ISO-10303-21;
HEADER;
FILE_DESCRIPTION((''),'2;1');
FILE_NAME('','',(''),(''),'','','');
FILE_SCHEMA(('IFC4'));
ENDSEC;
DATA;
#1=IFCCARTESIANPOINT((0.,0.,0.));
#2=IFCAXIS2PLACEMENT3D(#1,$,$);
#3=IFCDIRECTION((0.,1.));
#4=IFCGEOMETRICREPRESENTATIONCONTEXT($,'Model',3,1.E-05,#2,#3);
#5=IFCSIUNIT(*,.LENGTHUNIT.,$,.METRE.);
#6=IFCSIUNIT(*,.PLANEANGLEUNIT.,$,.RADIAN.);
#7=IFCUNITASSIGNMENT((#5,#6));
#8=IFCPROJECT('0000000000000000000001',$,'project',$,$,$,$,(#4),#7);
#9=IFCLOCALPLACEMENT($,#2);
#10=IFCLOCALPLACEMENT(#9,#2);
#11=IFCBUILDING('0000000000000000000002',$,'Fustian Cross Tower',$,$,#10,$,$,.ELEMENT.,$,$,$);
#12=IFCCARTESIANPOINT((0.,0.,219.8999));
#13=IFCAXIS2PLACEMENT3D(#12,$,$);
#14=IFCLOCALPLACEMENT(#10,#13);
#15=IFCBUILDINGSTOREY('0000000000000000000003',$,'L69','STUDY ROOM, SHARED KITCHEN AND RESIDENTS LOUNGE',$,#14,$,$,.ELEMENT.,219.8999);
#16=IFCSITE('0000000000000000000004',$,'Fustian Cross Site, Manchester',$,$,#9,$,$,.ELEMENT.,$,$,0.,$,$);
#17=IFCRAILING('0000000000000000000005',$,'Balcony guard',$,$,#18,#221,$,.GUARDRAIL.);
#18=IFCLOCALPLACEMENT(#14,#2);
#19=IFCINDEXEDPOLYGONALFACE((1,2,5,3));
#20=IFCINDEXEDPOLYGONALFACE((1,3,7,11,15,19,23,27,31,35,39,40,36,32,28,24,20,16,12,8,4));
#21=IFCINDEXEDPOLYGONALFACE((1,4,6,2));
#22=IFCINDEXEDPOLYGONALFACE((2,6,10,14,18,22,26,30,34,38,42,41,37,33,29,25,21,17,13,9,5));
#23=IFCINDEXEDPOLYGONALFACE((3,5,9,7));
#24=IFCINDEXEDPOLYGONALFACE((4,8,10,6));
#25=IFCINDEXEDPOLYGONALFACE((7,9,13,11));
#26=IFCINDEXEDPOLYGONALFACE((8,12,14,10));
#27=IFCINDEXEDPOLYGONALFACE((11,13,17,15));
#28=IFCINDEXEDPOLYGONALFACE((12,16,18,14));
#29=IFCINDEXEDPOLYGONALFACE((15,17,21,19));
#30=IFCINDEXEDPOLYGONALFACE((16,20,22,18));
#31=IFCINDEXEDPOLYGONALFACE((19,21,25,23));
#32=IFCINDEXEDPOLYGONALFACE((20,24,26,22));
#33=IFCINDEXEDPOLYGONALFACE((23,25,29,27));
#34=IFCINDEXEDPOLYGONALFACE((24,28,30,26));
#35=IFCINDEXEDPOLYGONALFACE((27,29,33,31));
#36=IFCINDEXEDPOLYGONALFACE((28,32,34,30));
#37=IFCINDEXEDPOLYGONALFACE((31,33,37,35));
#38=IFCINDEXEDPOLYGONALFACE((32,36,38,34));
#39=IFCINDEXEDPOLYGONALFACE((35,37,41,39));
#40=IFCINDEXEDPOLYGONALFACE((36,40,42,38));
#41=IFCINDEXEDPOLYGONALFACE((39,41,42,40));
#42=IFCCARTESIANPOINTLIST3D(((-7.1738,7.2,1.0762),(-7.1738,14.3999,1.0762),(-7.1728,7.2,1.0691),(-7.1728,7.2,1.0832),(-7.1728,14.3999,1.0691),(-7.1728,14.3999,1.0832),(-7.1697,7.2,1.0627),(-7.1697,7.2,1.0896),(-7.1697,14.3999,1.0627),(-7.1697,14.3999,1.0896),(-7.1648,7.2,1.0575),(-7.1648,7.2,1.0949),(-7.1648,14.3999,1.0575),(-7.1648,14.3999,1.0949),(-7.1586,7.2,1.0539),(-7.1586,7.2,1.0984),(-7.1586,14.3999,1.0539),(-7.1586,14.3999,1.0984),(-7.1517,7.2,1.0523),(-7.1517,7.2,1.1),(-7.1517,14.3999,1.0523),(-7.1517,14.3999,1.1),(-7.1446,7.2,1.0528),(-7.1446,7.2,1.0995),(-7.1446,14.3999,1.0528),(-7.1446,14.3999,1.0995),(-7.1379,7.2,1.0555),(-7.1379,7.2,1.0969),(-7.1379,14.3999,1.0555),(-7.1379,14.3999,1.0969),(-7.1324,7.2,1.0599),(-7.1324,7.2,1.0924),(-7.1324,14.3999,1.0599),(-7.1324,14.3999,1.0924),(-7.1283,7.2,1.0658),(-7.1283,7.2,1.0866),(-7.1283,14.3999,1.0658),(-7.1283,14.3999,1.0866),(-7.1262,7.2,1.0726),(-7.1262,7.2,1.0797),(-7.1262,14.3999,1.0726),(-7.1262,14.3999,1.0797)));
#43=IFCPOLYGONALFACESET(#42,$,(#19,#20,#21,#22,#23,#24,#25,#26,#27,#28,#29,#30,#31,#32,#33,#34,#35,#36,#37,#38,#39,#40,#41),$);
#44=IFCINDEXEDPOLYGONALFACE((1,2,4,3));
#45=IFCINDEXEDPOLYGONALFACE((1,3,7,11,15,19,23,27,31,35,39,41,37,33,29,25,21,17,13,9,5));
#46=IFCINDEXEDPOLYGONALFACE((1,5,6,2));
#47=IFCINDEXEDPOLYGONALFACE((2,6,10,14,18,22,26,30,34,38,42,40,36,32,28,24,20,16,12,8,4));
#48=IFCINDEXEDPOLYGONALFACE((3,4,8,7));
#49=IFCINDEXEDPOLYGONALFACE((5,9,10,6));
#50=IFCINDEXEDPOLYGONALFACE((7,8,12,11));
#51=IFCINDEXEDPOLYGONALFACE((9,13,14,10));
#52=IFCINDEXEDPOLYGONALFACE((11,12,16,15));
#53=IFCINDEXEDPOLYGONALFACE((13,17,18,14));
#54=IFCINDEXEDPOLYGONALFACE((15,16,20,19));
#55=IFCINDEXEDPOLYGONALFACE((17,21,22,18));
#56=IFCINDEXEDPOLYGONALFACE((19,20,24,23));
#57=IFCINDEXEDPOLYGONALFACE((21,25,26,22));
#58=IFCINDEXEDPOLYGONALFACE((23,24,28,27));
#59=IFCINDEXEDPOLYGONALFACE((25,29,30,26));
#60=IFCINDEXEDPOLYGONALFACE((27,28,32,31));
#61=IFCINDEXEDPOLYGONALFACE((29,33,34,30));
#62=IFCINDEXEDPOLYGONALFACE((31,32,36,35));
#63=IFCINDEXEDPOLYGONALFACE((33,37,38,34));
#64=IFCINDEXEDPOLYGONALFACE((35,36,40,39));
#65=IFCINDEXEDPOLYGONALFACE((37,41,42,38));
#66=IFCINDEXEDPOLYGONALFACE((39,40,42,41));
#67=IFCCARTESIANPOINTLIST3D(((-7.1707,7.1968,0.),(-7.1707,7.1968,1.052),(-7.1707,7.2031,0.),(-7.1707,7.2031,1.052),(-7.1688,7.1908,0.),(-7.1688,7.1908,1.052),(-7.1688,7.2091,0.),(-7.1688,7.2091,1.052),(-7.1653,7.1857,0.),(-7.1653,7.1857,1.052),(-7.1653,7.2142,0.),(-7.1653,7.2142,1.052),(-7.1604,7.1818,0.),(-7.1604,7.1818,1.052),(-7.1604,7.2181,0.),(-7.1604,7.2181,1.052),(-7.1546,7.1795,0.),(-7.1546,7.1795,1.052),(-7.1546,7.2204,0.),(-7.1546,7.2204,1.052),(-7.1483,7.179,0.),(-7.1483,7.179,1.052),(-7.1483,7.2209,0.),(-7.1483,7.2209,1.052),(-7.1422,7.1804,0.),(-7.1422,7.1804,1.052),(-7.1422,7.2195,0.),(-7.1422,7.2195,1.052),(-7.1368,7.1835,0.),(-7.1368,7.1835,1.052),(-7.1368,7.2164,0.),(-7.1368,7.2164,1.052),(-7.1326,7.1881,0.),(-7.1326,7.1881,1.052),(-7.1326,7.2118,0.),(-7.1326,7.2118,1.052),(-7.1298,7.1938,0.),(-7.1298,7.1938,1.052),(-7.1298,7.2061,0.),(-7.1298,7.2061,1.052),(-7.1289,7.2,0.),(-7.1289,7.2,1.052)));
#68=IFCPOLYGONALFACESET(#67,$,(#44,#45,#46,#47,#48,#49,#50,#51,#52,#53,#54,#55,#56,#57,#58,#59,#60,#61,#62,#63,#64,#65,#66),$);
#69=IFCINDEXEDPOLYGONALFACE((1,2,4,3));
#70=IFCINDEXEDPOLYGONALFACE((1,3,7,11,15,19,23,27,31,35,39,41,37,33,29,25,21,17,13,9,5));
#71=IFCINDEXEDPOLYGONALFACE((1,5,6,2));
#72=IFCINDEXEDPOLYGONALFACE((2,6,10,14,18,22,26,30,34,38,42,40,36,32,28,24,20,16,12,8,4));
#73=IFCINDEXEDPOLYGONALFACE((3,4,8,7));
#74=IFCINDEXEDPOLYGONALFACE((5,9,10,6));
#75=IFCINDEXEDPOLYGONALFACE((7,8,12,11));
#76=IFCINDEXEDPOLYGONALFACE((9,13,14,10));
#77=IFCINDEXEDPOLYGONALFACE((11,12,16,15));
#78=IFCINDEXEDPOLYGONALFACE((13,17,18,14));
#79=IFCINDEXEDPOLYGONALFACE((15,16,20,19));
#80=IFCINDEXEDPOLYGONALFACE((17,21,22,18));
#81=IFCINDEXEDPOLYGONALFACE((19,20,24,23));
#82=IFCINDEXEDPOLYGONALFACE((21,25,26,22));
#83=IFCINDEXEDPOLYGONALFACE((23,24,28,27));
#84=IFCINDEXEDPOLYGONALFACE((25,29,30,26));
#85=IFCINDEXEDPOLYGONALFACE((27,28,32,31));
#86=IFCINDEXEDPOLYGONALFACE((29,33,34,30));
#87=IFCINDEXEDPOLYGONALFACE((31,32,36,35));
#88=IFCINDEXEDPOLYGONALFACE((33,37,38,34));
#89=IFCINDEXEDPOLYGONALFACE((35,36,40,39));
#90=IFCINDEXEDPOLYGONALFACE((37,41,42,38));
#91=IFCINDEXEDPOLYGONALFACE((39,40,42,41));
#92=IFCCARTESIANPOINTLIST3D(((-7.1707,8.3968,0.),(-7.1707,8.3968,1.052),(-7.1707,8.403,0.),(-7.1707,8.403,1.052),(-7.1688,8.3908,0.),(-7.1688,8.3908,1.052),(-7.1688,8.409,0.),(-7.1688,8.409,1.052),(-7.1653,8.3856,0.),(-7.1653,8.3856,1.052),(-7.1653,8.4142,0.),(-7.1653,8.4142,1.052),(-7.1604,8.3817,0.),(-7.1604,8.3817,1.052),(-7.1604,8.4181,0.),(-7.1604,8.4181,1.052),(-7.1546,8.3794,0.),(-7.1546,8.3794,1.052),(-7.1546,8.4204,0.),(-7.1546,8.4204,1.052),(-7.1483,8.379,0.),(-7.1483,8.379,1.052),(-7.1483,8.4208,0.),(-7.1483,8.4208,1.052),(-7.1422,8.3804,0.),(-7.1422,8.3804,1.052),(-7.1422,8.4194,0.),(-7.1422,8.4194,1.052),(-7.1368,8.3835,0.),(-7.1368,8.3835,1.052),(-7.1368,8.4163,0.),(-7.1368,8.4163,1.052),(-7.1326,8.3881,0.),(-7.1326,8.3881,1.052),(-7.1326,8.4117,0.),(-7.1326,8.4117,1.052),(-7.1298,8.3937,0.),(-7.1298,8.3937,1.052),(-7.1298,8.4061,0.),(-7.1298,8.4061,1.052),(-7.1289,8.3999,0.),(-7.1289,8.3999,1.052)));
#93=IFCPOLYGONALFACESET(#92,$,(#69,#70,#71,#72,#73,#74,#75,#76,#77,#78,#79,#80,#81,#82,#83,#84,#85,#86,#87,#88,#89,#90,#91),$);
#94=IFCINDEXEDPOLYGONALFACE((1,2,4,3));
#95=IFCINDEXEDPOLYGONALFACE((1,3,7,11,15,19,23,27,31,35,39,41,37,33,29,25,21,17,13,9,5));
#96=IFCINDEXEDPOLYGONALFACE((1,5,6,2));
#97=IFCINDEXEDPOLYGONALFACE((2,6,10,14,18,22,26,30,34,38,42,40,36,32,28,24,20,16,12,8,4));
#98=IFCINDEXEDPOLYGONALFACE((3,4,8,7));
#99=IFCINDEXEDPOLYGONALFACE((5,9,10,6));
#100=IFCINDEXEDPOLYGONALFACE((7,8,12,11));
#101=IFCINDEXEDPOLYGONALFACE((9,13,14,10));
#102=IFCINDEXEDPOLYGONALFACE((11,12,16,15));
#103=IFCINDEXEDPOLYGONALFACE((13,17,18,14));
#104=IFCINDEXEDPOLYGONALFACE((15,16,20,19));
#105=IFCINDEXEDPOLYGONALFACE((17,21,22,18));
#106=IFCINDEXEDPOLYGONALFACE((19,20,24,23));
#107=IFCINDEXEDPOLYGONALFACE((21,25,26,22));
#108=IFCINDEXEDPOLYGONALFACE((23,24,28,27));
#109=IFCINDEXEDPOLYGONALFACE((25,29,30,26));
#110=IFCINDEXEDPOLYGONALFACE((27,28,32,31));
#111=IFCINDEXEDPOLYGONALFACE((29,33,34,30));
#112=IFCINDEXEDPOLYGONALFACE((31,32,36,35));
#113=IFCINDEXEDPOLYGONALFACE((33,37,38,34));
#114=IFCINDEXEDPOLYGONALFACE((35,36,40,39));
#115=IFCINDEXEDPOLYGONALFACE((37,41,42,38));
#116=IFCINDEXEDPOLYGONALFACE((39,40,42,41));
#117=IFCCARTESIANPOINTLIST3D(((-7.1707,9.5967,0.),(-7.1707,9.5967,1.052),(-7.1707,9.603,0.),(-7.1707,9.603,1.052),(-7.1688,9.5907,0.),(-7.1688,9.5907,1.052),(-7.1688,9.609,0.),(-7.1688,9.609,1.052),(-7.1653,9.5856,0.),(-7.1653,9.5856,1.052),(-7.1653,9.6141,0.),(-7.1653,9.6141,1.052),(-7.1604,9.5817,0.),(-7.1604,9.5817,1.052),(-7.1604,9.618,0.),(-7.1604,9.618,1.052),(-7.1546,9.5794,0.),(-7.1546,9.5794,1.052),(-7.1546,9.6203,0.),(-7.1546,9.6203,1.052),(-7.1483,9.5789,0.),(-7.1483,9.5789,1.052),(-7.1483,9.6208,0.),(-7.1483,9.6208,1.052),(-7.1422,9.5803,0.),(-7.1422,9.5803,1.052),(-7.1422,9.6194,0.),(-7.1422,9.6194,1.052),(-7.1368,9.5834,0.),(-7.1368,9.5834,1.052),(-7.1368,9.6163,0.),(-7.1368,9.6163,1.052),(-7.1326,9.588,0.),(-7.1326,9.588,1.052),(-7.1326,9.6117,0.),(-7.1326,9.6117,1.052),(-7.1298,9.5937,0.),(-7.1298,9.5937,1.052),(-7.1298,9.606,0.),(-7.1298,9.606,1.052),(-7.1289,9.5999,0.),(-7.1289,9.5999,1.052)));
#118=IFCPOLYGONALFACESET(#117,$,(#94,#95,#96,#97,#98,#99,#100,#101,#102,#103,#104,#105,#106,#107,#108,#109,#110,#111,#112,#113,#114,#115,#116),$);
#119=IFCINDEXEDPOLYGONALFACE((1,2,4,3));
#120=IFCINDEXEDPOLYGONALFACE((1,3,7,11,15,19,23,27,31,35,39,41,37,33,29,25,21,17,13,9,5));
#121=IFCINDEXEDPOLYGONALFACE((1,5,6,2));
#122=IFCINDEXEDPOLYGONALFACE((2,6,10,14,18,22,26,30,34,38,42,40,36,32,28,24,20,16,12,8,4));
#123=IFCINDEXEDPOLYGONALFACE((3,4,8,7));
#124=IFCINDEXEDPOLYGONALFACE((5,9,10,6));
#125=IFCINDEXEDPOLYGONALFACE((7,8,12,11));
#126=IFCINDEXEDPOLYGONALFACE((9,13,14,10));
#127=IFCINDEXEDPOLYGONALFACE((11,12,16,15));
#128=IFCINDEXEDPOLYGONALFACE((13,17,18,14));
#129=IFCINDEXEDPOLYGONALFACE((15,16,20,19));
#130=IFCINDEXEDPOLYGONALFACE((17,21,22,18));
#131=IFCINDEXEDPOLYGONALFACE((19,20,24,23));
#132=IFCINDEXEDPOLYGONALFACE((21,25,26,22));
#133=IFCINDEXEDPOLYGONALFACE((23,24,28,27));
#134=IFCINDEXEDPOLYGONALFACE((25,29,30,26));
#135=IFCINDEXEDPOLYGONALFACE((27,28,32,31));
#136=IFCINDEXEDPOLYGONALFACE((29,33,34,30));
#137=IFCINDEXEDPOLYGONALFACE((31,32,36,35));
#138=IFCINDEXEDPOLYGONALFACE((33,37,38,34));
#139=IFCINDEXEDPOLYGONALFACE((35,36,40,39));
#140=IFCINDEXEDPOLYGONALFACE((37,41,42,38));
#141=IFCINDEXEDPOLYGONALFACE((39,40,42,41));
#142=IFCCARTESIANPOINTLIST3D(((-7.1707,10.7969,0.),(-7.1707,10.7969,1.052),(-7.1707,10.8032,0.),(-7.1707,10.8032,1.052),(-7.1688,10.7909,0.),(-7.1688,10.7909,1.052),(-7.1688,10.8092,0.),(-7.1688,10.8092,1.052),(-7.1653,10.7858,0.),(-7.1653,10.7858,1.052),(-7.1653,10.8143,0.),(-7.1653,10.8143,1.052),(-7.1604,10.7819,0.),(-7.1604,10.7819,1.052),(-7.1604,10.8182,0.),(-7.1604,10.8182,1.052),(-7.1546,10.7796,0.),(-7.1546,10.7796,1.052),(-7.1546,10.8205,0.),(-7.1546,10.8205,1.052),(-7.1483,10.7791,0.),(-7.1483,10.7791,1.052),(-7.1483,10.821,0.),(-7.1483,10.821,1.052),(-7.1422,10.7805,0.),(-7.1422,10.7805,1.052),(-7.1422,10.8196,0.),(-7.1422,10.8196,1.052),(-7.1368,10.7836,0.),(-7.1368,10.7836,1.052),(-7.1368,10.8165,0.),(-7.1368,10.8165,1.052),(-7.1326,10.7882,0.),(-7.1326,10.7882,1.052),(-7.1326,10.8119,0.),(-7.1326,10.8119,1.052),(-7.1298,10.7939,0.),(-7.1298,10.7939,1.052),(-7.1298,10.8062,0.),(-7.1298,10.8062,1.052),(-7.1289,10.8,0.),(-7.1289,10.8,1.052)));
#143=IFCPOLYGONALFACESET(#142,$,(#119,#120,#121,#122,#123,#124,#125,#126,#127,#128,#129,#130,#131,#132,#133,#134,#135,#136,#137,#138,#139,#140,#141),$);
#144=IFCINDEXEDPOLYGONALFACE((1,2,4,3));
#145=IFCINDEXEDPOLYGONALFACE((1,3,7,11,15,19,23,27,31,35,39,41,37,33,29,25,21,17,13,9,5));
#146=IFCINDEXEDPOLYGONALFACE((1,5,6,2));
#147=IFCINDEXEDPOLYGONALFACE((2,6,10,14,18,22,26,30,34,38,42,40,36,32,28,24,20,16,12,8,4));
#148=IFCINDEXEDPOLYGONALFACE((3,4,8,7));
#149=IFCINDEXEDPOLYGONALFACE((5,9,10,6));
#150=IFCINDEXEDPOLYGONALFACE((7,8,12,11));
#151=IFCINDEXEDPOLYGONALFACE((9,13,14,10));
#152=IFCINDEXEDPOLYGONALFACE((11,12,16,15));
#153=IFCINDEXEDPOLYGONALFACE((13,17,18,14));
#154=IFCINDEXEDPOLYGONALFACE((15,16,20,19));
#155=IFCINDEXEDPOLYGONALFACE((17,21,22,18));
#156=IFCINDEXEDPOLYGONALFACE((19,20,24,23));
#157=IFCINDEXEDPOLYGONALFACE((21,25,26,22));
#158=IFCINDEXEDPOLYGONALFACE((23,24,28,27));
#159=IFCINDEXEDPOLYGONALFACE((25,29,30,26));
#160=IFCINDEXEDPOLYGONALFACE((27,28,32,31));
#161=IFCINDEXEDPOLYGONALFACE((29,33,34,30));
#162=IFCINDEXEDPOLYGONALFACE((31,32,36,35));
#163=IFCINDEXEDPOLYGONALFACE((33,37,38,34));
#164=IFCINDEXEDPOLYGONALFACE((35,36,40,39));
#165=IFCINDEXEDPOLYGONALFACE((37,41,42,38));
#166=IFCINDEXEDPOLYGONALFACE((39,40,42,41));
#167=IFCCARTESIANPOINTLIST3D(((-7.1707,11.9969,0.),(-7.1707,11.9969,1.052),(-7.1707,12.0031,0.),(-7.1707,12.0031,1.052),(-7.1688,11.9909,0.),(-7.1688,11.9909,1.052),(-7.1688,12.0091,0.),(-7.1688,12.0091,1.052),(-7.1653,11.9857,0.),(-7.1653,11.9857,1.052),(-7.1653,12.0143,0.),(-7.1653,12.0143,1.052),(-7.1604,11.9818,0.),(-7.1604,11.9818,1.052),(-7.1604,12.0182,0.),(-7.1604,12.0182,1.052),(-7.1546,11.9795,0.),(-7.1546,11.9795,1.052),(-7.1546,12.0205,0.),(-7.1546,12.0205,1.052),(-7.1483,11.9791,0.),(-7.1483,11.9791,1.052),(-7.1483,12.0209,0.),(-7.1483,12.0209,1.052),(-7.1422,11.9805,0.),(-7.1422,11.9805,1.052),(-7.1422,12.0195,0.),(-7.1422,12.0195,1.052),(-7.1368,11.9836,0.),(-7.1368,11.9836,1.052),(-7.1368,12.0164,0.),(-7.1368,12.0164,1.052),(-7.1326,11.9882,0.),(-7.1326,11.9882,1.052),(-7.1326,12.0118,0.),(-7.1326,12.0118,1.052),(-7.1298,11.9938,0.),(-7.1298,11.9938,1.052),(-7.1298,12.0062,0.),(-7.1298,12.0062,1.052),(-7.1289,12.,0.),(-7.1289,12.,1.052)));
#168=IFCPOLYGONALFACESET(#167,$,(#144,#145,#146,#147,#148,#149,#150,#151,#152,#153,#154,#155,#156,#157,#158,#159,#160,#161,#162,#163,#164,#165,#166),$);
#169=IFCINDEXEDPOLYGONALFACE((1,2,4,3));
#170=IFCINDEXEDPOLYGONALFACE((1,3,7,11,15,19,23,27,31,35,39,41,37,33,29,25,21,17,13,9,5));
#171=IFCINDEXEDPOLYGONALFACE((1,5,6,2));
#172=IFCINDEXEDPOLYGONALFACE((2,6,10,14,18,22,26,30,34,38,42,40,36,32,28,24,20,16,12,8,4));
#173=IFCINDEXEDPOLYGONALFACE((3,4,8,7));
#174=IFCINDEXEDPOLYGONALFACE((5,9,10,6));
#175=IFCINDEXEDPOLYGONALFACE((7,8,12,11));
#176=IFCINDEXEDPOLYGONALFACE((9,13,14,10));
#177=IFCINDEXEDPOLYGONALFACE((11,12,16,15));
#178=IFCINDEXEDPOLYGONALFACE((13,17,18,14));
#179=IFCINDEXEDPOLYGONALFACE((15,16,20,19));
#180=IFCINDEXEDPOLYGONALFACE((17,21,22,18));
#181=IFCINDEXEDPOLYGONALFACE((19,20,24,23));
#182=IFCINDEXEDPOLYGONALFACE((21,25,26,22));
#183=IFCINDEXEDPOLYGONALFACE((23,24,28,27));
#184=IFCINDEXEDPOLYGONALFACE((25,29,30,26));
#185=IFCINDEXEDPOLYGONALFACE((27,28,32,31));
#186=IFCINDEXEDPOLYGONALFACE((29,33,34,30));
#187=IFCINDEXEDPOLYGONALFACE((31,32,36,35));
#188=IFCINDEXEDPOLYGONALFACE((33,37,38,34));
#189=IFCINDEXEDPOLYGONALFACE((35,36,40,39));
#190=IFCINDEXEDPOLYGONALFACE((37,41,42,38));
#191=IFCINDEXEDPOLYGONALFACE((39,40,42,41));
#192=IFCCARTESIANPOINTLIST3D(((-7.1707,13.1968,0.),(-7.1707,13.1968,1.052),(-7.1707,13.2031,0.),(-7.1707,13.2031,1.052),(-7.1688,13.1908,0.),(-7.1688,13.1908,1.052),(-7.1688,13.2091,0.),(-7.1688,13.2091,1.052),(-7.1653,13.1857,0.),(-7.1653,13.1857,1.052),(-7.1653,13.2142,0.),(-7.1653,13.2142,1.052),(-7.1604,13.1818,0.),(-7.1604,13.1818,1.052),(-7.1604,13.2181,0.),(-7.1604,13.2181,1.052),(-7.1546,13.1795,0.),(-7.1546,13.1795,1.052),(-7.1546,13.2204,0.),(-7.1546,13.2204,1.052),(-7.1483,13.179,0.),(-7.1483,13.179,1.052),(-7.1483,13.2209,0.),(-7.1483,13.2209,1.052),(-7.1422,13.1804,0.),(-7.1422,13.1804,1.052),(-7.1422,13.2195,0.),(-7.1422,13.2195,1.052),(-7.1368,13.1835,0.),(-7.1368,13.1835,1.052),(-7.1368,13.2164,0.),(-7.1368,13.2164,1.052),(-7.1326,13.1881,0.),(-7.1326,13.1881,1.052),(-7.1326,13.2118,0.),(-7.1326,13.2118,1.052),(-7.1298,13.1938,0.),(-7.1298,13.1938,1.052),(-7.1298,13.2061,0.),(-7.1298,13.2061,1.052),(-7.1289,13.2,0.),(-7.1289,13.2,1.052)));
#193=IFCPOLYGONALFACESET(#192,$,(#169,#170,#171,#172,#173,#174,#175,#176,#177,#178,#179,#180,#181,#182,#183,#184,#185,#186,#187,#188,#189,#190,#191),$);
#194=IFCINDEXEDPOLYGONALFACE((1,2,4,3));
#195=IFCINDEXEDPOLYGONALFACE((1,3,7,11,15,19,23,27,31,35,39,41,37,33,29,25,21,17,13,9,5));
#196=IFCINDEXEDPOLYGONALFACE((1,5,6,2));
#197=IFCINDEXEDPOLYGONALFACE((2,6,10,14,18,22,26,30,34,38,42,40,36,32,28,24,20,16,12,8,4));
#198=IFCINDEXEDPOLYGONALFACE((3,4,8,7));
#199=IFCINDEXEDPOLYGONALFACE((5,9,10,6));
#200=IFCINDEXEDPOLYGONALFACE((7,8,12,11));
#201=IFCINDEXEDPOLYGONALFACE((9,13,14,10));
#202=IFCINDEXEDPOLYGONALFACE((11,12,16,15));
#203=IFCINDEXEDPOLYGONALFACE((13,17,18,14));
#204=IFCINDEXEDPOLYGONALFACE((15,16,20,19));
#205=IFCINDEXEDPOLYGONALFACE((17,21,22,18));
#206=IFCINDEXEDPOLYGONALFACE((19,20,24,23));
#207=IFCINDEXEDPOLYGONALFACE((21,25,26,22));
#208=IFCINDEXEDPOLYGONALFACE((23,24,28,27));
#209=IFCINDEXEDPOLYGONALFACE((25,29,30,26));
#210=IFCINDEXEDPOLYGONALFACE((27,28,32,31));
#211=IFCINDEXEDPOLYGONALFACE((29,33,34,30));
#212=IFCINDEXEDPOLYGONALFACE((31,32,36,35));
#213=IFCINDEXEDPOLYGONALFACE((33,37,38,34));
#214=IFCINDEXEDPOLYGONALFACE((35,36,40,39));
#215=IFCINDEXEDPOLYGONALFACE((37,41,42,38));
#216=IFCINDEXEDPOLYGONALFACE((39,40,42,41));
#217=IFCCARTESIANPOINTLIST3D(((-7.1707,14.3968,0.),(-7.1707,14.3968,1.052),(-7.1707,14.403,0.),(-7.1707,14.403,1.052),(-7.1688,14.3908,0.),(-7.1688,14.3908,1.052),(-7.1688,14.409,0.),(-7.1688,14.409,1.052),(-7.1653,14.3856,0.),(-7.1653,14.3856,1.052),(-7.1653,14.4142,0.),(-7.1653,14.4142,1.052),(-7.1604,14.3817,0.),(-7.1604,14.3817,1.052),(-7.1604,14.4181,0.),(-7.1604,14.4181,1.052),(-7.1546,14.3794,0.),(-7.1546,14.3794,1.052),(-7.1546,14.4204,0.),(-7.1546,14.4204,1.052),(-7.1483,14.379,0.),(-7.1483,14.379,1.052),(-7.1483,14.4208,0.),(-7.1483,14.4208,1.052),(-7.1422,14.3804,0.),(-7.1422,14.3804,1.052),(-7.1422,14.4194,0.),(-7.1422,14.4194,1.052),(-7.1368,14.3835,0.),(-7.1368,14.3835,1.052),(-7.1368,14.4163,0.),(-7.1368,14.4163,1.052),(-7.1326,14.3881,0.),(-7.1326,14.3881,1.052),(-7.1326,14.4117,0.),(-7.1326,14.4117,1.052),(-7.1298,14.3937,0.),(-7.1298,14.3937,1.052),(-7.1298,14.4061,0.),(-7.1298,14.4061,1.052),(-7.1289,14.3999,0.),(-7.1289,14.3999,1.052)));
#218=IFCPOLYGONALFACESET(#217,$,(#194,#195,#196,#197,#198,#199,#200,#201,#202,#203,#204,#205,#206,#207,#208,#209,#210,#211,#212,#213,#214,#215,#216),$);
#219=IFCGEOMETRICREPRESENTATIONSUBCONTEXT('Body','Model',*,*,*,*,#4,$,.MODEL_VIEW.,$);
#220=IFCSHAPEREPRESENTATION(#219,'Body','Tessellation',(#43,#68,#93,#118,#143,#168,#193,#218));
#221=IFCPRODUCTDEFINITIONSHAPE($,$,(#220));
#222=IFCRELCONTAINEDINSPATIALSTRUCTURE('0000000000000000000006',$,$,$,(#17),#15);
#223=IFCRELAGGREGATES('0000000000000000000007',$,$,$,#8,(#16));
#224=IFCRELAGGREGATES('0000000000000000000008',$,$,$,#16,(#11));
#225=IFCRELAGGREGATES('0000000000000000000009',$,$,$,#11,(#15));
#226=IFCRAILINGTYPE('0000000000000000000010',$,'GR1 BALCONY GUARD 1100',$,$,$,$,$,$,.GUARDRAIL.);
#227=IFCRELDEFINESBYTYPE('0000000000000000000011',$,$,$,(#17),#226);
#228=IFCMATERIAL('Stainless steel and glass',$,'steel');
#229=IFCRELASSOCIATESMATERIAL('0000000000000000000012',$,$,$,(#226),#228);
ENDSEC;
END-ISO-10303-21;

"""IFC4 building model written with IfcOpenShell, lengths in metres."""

from ifc_helpers import new_model, si_unit, direction, frame, origin, origin_2d, place, context, subcontext, project, spatial, circle, extrude, material, type_object, element, save


model = new_model("IFC4")

# Units and contexts
model_context = context("Model", 3, precision=1e-05, world=origin(), true_north=direction((0.0, 1.0)))
body_context = subcontext(model_context, "Body", "Model", "MODEL_VIEW")
ifc_project = project(units=[si_unit("LENGTHUNIT", "METRE"), si_unit("PLANEANGLEUNIT", "RADIAN")], contexts=[model_context])

# Site, building, storey
site_placement = place(None, origin())
site = spatial("IfcSite", under=ifc_project, at=site_placement, Name="Fustian Cross Site, Manchester", CompositionType="ELEMENT", RefElevation=0.0)
building_placement = place(site_placement, origin())
building = spatial("IfcBuilding", under=site, at=building_placement, Name="Fustian Cross Tower", CompositionType="ELEMENT")
storey_placement = place(building_placement, frame((0.0, 0.0, 219.8999)))
storey = spatial("IfcBuildingStorey", under=building, at=storey_placement, Name="L69", Description="STUDY ROOM, SHARED KITCHEN AND RESIDENTS LOUNGE", CompositionType="ELEMENT", Elevation=219.8999)

# Railing
ifc_material_1 = material(Name="Stainless steel and glass", Category="steel")
railing_type_1 = type_object("IfcRailingType", Name="GR1 BALCONY GUARD 1100", PredefinedType="GUARDRAIL", material=ifc_material_1)
railing_1_placement = place(storey_placement, frame((-7.1499, 7.2, 0.0)))
element("IfcRailing", 1, at=railing_1_placement, inside=storey, type_object=railing_type_1, Name="Balcony guard", PredefinedType="GUARDRAIL", context=body_context, shape_type="SweptSolid", body=[
    extrude(circle(Radius=0.0239, at=origin_2d()), frame((0.0, 0.0, 1.0762), z_axis=(0.0, 1.0, 0.0), x_axis=(-1.0, 0.0, 0.0)), (0.0, 0.0, 1.0), 7.2),
    extrude(circle(Radius=0.021, at=origin_2d()), origin(), (0.0, 0.0, 1.0), 1.052),
    extrude(circle(Radius=0.021, at=origin_2d()), frame((0.0, 1.2, 0.0)), (0.0, 0.0, 1.0), 1.052),
    extrude(circle(Radius=0.021, at=origin_2d()), frame((0.0, 2.3999, 0.0)), (0.0, 0.0, 1.0), 1.052),
    extrude(circle(Radius=0.021, at=origin_2d()), frame((0.0, 3.6001, 0.0)), (0.0, 0.0, 1.0), 1.052),
    extrude(circle(Radius=0.021, at=origin_2d()), frame((0.0, 4.8, 0.0)), (0.0, 0.0, 1.0), 1.052),
    extrude(circle(Radius=0.021, at=origin_2d()), frame((0.0, 6.0, 0.0)), (0.0, 0.0, 1.0), 1.052),
    extrude(circle(Radius=0.021, at=origin_2d()), frame((0.0, 7.2, 0.0)), (0.0, 0.0, 1.0), 1.052),
])

save(model, "model.ifc")
